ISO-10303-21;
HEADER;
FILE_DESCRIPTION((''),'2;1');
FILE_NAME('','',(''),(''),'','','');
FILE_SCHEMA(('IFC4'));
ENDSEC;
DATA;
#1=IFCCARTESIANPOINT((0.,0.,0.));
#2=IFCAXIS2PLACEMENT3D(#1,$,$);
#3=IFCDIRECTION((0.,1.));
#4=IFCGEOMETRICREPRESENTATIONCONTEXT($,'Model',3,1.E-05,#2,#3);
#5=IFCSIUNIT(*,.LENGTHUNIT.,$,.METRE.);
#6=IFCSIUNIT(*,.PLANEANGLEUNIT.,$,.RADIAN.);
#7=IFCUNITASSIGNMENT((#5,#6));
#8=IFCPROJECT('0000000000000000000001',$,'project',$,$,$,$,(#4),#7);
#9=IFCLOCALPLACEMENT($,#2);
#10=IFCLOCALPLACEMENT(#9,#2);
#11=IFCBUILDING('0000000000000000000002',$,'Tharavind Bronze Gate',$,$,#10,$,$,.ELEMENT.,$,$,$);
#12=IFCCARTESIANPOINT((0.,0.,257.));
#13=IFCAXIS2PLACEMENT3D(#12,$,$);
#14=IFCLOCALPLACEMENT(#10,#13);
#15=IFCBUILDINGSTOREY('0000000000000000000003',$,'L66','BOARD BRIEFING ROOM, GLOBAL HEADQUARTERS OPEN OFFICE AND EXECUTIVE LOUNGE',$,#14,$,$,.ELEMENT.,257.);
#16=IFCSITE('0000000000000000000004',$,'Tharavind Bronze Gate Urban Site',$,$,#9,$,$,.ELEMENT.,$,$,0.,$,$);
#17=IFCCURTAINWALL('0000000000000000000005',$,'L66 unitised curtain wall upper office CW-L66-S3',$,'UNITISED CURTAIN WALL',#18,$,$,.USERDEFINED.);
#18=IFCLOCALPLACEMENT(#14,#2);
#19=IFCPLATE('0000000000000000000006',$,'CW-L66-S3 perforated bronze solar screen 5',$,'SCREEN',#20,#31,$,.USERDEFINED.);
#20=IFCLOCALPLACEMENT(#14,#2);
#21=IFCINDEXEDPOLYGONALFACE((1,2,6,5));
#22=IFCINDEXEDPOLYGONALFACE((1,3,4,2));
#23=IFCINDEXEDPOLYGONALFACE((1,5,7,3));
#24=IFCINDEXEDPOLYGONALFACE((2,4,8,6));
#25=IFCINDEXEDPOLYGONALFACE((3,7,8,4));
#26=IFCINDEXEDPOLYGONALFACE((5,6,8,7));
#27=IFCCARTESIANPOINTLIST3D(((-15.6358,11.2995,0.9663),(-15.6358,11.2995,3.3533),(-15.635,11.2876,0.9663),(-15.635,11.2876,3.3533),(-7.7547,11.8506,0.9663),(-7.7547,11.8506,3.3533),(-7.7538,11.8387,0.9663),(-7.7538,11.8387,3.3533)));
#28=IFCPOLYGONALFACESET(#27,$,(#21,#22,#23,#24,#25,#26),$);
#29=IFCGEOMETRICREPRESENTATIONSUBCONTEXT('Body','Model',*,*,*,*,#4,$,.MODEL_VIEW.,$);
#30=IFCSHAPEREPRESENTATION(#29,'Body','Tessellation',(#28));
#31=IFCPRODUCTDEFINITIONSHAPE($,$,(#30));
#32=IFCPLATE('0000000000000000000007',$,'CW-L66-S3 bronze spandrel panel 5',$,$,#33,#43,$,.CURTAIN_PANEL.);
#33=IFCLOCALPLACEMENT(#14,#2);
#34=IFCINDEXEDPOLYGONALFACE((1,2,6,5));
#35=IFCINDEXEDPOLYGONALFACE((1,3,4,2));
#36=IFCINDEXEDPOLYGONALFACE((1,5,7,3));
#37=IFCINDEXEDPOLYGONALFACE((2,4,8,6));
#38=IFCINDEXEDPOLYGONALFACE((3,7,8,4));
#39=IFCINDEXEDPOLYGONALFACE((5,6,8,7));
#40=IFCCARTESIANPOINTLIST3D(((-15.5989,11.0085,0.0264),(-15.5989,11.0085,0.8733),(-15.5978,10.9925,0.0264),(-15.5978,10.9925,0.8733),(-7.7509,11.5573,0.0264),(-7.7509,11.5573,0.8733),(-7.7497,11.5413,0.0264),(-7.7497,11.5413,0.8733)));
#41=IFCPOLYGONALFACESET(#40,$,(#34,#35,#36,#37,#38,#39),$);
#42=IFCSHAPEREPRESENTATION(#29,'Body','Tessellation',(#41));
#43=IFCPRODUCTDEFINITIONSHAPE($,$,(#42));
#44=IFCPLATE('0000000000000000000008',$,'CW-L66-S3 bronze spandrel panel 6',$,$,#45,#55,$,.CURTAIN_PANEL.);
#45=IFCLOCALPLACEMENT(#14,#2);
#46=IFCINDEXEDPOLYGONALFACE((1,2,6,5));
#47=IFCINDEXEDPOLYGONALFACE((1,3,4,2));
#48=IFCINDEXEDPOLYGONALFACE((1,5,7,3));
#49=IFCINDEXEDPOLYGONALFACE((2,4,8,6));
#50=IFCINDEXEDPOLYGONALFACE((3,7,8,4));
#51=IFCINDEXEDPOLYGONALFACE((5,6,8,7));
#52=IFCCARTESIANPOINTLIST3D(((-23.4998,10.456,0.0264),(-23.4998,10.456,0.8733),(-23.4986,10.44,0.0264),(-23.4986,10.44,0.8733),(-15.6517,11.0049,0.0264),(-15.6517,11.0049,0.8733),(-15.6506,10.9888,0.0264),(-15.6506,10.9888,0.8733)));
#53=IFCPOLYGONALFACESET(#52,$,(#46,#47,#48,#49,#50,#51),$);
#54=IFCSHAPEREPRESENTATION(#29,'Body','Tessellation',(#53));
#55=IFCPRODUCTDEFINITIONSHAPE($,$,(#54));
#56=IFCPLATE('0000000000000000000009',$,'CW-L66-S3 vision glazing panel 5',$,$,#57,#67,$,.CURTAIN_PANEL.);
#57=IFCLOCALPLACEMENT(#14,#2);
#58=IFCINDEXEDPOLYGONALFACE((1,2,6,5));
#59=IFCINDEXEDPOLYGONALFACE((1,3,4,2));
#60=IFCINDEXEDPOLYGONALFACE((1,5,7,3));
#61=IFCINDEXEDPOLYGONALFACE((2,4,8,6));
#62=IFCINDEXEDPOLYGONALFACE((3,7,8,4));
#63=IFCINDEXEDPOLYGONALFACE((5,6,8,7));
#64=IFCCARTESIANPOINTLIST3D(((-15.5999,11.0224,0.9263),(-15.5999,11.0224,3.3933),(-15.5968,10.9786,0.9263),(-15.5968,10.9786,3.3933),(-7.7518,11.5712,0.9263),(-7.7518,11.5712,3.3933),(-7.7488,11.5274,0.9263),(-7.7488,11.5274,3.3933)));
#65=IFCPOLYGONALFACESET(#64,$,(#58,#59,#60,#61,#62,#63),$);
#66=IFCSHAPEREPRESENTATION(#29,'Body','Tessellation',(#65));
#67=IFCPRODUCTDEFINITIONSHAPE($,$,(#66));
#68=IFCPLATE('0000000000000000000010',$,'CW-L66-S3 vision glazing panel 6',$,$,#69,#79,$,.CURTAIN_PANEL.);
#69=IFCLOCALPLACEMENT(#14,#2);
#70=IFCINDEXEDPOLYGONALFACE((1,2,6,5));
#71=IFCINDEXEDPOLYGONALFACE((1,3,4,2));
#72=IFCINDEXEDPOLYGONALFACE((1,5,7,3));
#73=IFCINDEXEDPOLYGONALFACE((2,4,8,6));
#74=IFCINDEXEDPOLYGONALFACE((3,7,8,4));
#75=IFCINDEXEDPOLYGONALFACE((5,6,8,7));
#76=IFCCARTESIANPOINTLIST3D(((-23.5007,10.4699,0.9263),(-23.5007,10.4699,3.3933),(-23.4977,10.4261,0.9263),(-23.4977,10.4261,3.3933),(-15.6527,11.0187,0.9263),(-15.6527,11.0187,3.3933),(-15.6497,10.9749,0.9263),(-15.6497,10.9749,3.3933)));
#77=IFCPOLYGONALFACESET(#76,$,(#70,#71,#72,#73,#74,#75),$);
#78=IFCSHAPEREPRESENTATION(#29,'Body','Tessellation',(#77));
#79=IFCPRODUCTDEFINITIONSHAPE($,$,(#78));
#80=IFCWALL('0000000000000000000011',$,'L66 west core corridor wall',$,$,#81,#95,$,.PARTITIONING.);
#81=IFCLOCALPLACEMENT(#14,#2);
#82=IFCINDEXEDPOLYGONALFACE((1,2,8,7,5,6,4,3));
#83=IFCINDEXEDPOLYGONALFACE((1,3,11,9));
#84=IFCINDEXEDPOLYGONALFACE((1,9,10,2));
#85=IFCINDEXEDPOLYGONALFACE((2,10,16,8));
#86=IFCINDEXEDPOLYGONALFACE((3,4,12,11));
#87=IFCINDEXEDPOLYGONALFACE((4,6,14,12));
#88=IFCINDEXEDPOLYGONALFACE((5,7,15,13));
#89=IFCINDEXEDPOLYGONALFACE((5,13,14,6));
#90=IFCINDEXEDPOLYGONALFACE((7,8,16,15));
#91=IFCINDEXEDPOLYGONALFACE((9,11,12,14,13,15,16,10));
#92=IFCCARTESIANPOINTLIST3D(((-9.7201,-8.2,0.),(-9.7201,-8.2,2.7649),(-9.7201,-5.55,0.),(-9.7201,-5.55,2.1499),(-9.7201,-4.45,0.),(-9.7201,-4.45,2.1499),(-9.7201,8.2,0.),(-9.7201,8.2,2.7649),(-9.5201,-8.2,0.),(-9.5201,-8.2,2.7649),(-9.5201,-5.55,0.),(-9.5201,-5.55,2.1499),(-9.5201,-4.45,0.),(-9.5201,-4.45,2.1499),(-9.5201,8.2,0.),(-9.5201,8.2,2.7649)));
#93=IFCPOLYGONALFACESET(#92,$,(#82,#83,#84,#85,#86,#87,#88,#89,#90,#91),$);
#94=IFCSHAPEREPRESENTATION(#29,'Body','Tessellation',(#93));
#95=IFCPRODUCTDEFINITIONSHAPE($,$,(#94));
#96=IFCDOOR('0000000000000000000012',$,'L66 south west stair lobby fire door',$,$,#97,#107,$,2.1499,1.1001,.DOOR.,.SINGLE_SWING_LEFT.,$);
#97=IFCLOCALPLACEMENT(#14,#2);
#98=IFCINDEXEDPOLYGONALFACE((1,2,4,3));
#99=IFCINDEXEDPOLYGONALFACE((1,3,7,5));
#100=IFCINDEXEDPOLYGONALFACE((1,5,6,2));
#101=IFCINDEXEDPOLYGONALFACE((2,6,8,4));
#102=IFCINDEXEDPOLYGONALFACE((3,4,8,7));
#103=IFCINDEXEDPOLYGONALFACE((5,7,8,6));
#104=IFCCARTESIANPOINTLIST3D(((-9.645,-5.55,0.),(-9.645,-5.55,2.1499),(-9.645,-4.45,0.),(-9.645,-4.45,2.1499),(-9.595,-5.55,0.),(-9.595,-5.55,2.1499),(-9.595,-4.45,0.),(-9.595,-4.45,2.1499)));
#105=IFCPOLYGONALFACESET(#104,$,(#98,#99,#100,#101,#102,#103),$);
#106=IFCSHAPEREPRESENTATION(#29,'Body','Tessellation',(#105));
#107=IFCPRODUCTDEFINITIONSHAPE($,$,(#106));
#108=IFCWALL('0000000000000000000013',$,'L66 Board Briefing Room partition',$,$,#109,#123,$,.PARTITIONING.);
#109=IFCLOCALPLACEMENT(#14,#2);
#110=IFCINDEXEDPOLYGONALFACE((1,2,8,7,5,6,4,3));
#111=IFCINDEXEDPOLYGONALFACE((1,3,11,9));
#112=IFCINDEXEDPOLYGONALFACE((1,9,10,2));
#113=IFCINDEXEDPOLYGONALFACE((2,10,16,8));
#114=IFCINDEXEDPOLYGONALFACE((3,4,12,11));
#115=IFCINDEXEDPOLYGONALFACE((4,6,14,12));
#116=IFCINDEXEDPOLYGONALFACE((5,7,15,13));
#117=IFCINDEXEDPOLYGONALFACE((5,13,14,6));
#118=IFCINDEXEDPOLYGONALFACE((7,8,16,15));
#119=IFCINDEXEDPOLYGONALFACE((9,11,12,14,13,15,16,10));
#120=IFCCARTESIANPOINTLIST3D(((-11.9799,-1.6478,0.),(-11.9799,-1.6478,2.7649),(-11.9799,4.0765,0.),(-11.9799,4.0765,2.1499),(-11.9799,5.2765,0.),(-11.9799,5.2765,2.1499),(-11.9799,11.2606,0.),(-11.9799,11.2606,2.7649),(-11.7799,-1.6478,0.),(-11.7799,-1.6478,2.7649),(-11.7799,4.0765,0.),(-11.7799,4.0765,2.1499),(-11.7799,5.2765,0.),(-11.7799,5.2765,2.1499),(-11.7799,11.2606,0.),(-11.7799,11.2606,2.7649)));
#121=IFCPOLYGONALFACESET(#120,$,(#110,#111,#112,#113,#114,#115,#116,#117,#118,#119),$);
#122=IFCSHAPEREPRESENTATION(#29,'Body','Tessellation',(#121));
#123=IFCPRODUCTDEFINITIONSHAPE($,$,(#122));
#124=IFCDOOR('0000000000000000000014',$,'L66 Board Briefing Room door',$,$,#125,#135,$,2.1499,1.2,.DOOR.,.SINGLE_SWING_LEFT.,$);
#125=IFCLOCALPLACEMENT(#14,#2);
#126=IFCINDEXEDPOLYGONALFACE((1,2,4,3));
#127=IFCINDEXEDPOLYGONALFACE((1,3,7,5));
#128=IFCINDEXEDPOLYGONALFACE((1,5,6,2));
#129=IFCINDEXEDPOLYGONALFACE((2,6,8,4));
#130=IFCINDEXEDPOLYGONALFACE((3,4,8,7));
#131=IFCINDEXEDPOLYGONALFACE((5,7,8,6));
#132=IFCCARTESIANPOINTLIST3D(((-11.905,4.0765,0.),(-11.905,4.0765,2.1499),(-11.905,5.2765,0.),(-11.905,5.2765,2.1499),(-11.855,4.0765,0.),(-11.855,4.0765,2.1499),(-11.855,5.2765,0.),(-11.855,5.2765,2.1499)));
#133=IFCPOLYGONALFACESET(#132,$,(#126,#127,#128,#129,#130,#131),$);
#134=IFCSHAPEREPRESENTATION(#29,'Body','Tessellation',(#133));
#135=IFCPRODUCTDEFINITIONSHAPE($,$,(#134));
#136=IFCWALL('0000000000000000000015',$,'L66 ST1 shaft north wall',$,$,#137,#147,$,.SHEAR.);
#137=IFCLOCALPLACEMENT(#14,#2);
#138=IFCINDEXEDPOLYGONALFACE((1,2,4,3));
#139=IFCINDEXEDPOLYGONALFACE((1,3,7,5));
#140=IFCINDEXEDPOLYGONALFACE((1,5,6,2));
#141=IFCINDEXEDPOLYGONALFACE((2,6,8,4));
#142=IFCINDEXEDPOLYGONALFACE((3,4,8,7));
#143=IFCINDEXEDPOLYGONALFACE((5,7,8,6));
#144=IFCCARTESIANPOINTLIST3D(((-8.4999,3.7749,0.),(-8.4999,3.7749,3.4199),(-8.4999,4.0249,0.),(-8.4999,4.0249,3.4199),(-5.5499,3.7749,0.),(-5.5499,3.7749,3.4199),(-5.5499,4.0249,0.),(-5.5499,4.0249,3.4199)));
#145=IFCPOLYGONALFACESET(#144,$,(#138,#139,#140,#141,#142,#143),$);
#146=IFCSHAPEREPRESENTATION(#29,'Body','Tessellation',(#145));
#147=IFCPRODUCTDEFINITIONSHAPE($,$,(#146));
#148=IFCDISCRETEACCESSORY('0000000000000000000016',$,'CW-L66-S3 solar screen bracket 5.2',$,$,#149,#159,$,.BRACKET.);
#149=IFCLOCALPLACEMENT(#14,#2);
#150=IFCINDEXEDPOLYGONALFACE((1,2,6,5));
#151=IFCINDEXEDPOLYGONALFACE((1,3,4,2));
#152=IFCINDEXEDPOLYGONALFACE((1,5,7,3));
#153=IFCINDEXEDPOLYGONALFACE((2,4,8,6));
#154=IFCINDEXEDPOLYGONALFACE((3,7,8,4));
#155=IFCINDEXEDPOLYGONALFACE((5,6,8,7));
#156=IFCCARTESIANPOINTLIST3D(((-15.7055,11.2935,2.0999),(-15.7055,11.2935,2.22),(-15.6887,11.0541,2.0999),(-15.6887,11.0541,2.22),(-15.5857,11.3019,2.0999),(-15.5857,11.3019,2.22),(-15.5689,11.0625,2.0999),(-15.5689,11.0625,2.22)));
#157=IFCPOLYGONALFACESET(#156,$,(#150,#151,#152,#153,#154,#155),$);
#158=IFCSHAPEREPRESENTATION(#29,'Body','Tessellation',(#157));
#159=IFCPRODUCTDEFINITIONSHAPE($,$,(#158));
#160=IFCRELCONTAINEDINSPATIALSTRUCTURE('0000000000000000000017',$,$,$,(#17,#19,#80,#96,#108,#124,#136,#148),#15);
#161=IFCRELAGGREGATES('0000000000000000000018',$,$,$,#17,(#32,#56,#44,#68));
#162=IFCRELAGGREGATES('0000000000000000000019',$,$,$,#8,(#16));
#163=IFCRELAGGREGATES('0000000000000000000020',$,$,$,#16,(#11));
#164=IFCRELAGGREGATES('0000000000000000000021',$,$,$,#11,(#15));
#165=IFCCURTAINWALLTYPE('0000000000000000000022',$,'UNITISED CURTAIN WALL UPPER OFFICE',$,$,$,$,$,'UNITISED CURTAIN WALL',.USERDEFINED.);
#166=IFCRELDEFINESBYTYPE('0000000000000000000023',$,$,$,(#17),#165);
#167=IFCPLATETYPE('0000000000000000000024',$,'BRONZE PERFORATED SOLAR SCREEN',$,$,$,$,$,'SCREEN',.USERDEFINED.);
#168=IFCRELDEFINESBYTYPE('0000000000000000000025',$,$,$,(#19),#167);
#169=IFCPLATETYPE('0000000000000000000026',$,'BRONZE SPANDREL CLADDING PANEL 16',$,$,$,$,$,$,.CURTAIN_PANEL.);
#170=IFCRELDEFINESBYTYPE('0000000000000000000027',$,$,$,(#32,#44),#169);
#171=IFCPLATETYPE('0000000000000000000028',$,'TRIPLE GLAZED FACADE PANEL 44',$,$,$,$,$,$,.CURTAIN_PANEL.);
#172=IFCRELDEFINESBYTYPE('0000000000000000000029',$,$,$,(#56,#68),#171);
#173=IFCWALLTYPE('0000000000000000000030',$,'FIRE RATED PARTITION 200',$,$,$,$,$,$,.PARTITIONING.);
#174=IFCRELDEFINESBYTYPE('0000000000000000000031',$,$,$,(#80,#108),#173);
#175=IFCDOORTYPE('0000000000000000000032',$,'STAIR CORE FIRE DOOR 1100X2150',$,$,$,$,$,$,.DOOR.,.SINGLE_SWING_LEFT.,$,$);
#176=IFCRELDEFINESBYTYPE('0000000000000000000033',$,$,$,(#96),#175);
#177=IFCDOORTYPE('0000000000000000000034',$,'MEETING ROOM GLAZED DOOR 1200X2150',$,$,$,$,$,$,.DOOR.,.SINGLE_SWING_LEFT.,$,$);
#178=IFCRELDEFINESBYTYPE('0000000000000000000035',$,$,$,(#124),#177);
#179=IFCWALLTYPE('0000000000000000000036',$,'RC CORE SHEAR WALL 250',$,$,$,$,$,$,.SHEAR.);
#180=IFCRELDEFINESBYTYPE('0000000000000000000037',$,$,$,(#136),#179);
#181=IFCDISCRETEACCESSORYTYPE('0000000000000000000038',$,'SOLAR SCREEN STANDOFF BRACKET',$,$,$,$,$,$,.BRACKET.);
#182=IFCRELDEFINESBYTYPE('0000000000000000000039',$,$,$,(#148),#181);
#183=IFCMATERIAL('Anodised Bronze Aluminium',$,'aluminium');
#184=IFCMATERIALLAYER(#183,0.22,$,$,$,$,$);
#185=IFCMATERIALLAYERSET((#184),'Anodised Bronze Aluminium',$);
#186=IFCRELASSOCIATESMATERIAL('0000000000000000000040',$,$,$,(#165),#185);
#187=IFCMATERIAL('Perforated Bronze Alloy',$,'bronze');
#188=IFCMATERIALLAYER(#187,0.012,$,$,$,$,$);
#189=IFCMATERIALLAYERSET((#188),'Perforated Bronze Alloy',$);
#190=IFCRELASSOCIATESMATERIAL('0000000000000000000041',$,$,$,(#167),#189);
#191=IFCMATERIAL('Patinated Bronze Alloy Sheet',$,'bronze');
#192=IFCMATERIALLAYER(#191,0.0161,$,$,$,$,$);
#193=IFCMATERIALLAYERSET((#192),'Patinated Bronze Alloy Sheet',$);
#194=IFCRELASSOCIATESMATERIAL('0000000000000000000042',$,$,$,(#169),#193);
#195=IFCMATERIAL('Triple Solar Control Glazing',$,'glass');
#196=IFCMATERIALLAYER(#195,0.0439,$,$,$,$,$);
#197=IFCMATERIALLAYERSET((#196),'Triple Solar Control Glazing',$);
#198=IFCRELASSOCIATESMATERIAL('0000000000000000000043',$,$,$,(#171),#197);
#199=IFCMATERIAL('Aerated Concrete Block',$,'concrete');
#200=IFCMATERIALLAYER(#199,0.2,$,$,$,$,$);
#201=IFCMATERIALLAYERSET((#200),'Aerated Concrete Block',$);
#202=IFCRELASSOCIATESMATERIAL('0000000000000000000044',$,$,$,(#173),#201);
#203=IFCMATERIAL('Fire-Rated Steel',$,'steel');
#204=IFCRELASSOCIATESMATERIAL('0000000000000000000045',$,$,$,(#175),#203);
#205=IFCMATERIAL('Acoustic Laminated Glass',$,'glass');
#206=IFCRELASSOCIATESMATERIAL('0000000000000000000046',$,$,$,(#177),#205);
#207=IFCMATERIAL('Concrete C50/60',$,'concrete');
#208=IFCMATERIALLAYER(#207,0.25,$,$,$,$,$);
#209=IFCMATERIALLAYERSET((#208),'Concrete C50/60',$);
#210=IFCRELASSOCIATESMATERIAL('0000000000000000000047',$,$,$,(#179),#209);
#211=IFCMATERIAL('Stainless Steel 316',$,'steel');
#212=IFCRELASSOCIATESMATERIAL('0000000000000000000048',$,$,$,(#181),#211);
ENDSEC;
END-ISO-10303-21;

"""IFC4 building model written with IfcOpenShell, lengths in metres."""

from ifc_helpers import new_model, si_unit, direction, frame, frame_2d, origin, origin_2d, place, context, subcontext, project, spatial, rectangle, extrude, material, layer, layer_set, type_object, element, fill, aggregate, save


model = new_model("IFC4")

# Units and contexts
model_context = context("Model", 3, precision=1e-05, world=origin(), true_north=direction((0.0, 1.0)))
body_context = subcontext(model_context, "Body", "Model", "MODEL_VIEW")
ifc_project = project(units=[si_unit("LENGTHUNIT", "METRE"), si_unit("PLANEANGLEUNIT", "RADIAN")], contexts=[model_context])

# Site, building, storey
site_placement = place(None, origin())
site = spatial("IfcSite", under=ifc_project, at=site_placement, Name="Tharavind Bronze Gate Urban Site", CompositionType="ELEMENT", RefElevation=0.0)
building_placement = place(site_placement, origin())
building = spatial("IfcBuilding", under=site, at=building_placement, Name="Tharavind Bronze Gate", CompositionType="ELEMENT")
storey_placement = place(building_placement, frame((0.0, 0.0, 257.0)))
storey = spatial("IfcBuildingStorey", under=building, at=storey_placement, Name="L66", Description="BOARD BRIEFING ROOM, GLOBAL HEADQUARTERS OPEN OFFICE AND EXECUTIVE LOUNGE", CompositionType="ELEMENT", Elevation=257.0)

# Shared definitions
ifc_material_1 = material(Name="Concrete C50/60", Category="concrete")

# Curtain wall
ifc_material_2 = material(Name="Anodised Bronze Aluminium", Category="aluminium")
ifc_layer_1 = layer(ifc_material_2, 0.22)
ifc_layer_set_1 = layer_set([ifc_layer_1], Name="Anodised Bronze Aluminium")
curtain_wall_type = type_object("IfcCurtainWallType", Name="UNITISED CURTAIN WALL UPPER OFFICE", ElementType="UNITISED CURTAIN WALL", PredefinedType="USERDEFINED", material=ifc_layer_set_1)
curtain_wall_placement = place(storey_placement, origin())
curtain_wall = element("IfcCurtainWall", 1, at=curtain_wall_placement, inside=storey, type_object=curtain_wall_type, Name="L66 unitised curtain wall upper office CW-L66-S3", ObjectType="UNITISED CURTAIN WALL", PredefinedType="USERDEFINED")

# Plates
ifc_material_3 = material(Name="Perforated Bronze Alloy", Category="bronze")
ifc_layer_2 = layer(ifc_material_3, 0.012)
ifc_layer_set_2 = layer_set([ifc_layer_2], Name="Perforated Bronze Alloy")
plate_type_1 = type_object("IfcPlateType", Name="BRONZE PERFORATED SOLAR SCREEN", ElementType="SCREEN", PredefinedType="USERDEFINED", material=ifc_layer_set_2)
plate_1_placement = place(storey_placement, frame((-11.6948, 11.5691, 0.9663), z_axis=(0.0, 0.0, 1.0), x_axis=(-0.997564, -0.06976, 0.0)))
element("IfcPlate", 2, at=plate_1_placement, inside=storey, type_object=plate_type_1, Name="CW-L66-S3 perforated bronze solar screen 5", ObjectType="SCREEN", PredefinedType="USERDEFINED", context=body_context, shape_type="SweptSolid", body=[
    extrude(rectangle(XDim=7.9004, YDim=0.012, at=origin_2d()), origin(), (0.0, 0.0, 1.0), 2.387),
])
ifc_material_4 = material(Name="Patinated Bronze Alloy Sheet", Category="bronze")
ifc_layer_3 = layer(ifc_material_4, 0.0161)
ifc_layer_set_3 = layer_set([ifc_layer_3], Name="Patinated Bronze Alloy Sheet")
plate_type_2 = type_object("IfcPlateType", Name="BRONZE SPANDREL CLADDING PANEL 16", PredefinedType="CURTAIN_PANEL", material=ifc_layer_set_3)
plate_2_placement = place(storey_placement, frame((-11.6743, 11.2749, 0.0264), z_axis=(0.0, 0.0, 1.0), x_axis=(-0.997564, -0.06976, 0.0)))
plate_2 = element("IfcPlate", 3, at=plate_2_placement, type_object=plate_type_2, Name="CW-L66-S3 bronze spandrel panel 5", PredefinedType="CURTAIN_PANEL", context=body_context, shape_type="SweptSolid", body=[
    extrude(rectangle(XDim=7.8672, YDim=0.0161, at=origin_2d()), origin(), (0.0, 0.0, 1.0), 0.8469),
])
plate_3_placement = place(storey_placement, frame((-19.5752, 10.7224, 0.0264), z_axis=(0.0, 0.0, 1.0), x_axis=(-0.997564, -0.06976, 0.0)))
plate_3 = element("IfcPlate", 4, at=plate_3_placement, type_object=plate_type_2, Name="CW-L66-S3 bronze spandrel panel 6", PredefinedType="CURTAIN_PANEL", context=body_context, shape_type="SweptSolid", body=[
    extrude(rectangle(XDim=7.8672, YDim=0.0161, at=origin_2d()), origin(), (0.0, 0.0, 1.0), 0.8469),
])
ifc_material_5 = material(Name="Triple Solar Control Glazing", Category="glass")
ifc_layer_4 = layer(ifc_material_5, 0.0439)
ifc_layer_set_4 = layer_set([ifc_layer_4], Name="Triple Solar Control Glazing")
plate_type_3 = type_object("IfcPlateType", Name="TRIPLE GLAZED FACADE PANEL 44", PredefinedType="CURTAIN_PANEL", material=ifc_layer_set_4)
plate_4_placement = place(storey_placement, frame((-11.6743, 11.2749, 0.9263), z_axis=(0.0, 0.0, 1.0), x_axis=(-0.997564, -0.06976, 0.0)))
plate_4 = element("IfcPlate", 5, at=plate_4_placement, type_object=plate_type_3, Name="CW-L66-S3 vision glazing panel 5", PredefinedType="CURTAIN_PANEL", context=body_context, shape_type="SweptSolid", body=[
    extrude(rectangle(XDim=7.8672, YDim=0.0439, at=origin_2d()), origin(), (0.0, 0.0, 1.0), 2.467),
])
plate_5_placement = place(storey_placement, frame((-19.5752, 10.7224, 0.9263), z_axis=(0.0, 0.0, 1.0), x_axis=(-0.997564, -0.06976, 0.0)))
plate_5 = element("IfcPlate", 6, at=plate_5_placement, type_object=plate_type_3, Name="CW-L66-S3 vision glazing panel 6", PredefinedType="CURTAIN_PANEL", context=body_context, shape_type="SweptSolid", body=[
    extrude(rectangle(XDim=7.8672, YDim=0.0439, at=origin_2d()), origin(), (0.0, 0.0, 1.0), 2.467),
])
aggregate(curtain_wall, [plate_2, plate_4, plate_3, plate_5])

# Walls, openings, doors
ifc_material_6 = material(Name="Aerated Concrete Block", Category="concrete")
ifc_layer_5 = layer(ifc_material_6, 0.2)
ifc_layer_set_5 = layer_set([ifc_layer_5], Name="Aerated Concrete Block")
wall_type_1 = type_object("IfcWallType", Name="FIRE RATED PARTITION 200", PredefinedType="PARTITIONING", material=ifc_layer_set_5)
wall_1_placement = place(storey_placement, frame((-9.6201, 8.2, 0.0), z_axis=(0.0, 0.0, 1.0), x_axis=(0.0, -1.0, 0.0)))
wall_1 = element("IfcWall", 7, at=wall_1_placement, inside=storey, type_object=wall_type_1, Name="L66 west core corridor wall", PredefinedType="PARTITIONING", context=body_context, shape_type="SweptSolid", body=[
    extrude(rectangle(XDim=16.3999, YDim=0.2, at=frame_2d((8.2, 0.0))), origin(), (0.0, 0.0, 1.0), 2.7649),
])
opening_1_placement = place(wall_1_placement, frame((12.6499, 0.0, 0.0)))
opening_1 = element("IfcOpeningElement", 8, at=opening_1_placement, cuts=wall_1, PredefinedType="OPENING", context=body_context, shape_type="SweptSolid", body=[
    extrude(rectangle(XDim=1.1001, YDim=2.1499, at=frame_2d((0.55, 1.075))), frame((0.0, 0.1101, 0.0), z_axis=(0.0, -1.0, 0.0), x_axis=(1.0, 0.0, 0.0)), (0.0, 0.0, 1.0), 0.22),
])
ifc_material_7 = material(Name="Fire-Rated Steel", Category="steel")
door_type_1 = type_object("IfcDoorType", Name="STAIR CORE FIRE DOOR 1100X2150", OperationType="SINGLE_SWING_LEFT", PredefinedType="DOOR", material=ifc_material_7)
door_1_placement = place(opening_1_placement, frame((1.1001, 0.0, 0.0), z_axis=(0.0, 0.0, 1.0), x_axis=(-1.0, 0.0, 0.0)))
door_1 = element("IfcDoor", 9, at=door_1_placement, inside=storey, type_object=door_type_1, Name="L66 south west stair lobby fire door", OperationType="SINGLE_SWING_LEFT", OverallHeight=2.1499, OverallWidth=1.1001, PredefinedType="DOOR", context=body_context, shape_type="SweptSolid", body=[
    extrude(rectangle(XDim=1.1001, YDim=2.1499, at=frame_2d((0.55, 1.075))), frame((0.0, 0.0249, 0.0), z_axis=(0.0, -1.0, 0.0), x_axis=(1.0, 0.0, 0.0)), (0.0, 0.0, 1.0), 0.05),
])
fill(opening_1, door_1)
wall_2_placement = place(storey_placement, frame((-11.8799, 11.2605, 0.0), z_axis=(0.0, 0.0, 1.0), x_axis=(0.0, -1.0, 0.0)))
wall_2 = element("IfcWall", 10, at=wall_2_placement, inside=storey, type_object=wall_type_1, Name="L66 Board Briefing Room partition", PredefinedType="PARTITIONING", context=body_context, shape_type="SweptSolid", body=[
    extrude(rectangle(XDim=12.9084, YDim=0.2, at=frame_2d((6.4541, 0.0))), origin(), (0.0, 0.0, 1.0), 2.7649),
])
opening_2_placement = place(wall_2_placement, frame((5.9839, 0.0, 0.0)))
opening_2 = element("IfcOpeningElement", 11, at=opening_2_placement, cuts=wall_2, PredefinedType="OPENING", context=body_context, shape_type="SweptSolid", body=[
    extrude(rectangle(XDim=1.2, YDim=2.1499, at=frame_2d((0.6001, 1.075))), frame((0.0, 0.1101, 0.0), z_axis=(0.0, -1.0, 0.0), x_axis=(1.0, 0.0, 0.0)), (0.0, 0.0, 1.0), 0.22),
])
ifc_material_8 = material(Name="Acoustic Laminated Glass", Category="glass")
door_type_2 = type_object("IfcDoorType", Name="MEETING ROOM GLAZED DOOR 1200X2150", OperationType="SINGLE_SWING_LEFT", PredefinedType="DOOR", material=ifc_material_8)
door_2_placement = place(opening_2_placement, origin())
door_2 = element("IfcDoor", 12, at=door_2_placement, inside=storey, type_object=door_type_2, Name="L66 Board Briefing Room door", OperationType="SINGLE_SWING_LEFT", OverallHeight=2.1499, OverallWidth=1.2, PredefinedType="DOOR", context=body_context, shape_type="SweptSolid", body=[
    extrude(rectangle(XDim=1.2, YDim=2.1499, at=frame_2d((0.6001, 1.075))), frame((0.0, 0.0249, 0.0), z_axis=(0.0, -1.0, 0.0), x_axis=(1.0, 0.0, 0.0)), (0.0, 0.0, 1.0), 0.05),
])
fill(opening_2, door_2)

# Wall
ifc_layer_6 = layer(ifc_material_1, 0.25)
ifc_layer_set_6 = layer_set([ifc_layer_6], Name="Concrete C50/60")
wall_type_2 = type_object("IfcWallType", Name="RC CORE SHEAR WALL 250", PredefinedType="SHEAR", material=ifc_layer_set_6)
wall_3_placement = place(storey_placement, frame((-8.5, 3.8999, 0.0), z_axis=(0.0, 0.0, 1.0), x_axis=(1.0, 0.0, 0.0)))
element("IfcWall", 13, at=wall_3_placement, inside=storey, type_object=wall_type_2, Name="L66 ST1 shaft north wall", PredefinedType="SHEAR", context=body_context, shape_type="SweptSolid", body=[
    extrude(rectangle(XDim=2.95, YDim=0.25, at=frame_2d((1.4751, 0.0))), origin(), (0.0, 0.0, 1.0), 3.4199),
])

# Discrete accessory
ifc_material_9 = material(Name="Stainless Steel 316", Category="steel")
discrete_accessory_type = type_object("IfcDiscreteAccessoryType", Name="SOLAR SCREEN STANDOFF BRACKET", PredefinedType="BRACKET", material=ifc_material_9)
discrete_accessory_placement = place(storey_placement, frame((-15.6372, 11.178, 2.0999), z_axis=(0.0, 0.0, 1.0), x_axis=(-0.997564, -0.06976, 0.0)))
element("IfcDiscreteAccessory", 14, at=discrete_accessory_placement, inside=storey, type_object=discrete_accessory_type, Name="CW-L66-S3 solar screen bracket 5.2", PredefinedType="BRACKET", context=body_context, shape_type="SweptSolid", body=[
    extrude(rectangle(XDim=0.1201, YDim=0.24, at=origin_2d()), origin(), (0.0, 0.0, 1.0), 0.1201),
])

save(model, "model.ifc")
